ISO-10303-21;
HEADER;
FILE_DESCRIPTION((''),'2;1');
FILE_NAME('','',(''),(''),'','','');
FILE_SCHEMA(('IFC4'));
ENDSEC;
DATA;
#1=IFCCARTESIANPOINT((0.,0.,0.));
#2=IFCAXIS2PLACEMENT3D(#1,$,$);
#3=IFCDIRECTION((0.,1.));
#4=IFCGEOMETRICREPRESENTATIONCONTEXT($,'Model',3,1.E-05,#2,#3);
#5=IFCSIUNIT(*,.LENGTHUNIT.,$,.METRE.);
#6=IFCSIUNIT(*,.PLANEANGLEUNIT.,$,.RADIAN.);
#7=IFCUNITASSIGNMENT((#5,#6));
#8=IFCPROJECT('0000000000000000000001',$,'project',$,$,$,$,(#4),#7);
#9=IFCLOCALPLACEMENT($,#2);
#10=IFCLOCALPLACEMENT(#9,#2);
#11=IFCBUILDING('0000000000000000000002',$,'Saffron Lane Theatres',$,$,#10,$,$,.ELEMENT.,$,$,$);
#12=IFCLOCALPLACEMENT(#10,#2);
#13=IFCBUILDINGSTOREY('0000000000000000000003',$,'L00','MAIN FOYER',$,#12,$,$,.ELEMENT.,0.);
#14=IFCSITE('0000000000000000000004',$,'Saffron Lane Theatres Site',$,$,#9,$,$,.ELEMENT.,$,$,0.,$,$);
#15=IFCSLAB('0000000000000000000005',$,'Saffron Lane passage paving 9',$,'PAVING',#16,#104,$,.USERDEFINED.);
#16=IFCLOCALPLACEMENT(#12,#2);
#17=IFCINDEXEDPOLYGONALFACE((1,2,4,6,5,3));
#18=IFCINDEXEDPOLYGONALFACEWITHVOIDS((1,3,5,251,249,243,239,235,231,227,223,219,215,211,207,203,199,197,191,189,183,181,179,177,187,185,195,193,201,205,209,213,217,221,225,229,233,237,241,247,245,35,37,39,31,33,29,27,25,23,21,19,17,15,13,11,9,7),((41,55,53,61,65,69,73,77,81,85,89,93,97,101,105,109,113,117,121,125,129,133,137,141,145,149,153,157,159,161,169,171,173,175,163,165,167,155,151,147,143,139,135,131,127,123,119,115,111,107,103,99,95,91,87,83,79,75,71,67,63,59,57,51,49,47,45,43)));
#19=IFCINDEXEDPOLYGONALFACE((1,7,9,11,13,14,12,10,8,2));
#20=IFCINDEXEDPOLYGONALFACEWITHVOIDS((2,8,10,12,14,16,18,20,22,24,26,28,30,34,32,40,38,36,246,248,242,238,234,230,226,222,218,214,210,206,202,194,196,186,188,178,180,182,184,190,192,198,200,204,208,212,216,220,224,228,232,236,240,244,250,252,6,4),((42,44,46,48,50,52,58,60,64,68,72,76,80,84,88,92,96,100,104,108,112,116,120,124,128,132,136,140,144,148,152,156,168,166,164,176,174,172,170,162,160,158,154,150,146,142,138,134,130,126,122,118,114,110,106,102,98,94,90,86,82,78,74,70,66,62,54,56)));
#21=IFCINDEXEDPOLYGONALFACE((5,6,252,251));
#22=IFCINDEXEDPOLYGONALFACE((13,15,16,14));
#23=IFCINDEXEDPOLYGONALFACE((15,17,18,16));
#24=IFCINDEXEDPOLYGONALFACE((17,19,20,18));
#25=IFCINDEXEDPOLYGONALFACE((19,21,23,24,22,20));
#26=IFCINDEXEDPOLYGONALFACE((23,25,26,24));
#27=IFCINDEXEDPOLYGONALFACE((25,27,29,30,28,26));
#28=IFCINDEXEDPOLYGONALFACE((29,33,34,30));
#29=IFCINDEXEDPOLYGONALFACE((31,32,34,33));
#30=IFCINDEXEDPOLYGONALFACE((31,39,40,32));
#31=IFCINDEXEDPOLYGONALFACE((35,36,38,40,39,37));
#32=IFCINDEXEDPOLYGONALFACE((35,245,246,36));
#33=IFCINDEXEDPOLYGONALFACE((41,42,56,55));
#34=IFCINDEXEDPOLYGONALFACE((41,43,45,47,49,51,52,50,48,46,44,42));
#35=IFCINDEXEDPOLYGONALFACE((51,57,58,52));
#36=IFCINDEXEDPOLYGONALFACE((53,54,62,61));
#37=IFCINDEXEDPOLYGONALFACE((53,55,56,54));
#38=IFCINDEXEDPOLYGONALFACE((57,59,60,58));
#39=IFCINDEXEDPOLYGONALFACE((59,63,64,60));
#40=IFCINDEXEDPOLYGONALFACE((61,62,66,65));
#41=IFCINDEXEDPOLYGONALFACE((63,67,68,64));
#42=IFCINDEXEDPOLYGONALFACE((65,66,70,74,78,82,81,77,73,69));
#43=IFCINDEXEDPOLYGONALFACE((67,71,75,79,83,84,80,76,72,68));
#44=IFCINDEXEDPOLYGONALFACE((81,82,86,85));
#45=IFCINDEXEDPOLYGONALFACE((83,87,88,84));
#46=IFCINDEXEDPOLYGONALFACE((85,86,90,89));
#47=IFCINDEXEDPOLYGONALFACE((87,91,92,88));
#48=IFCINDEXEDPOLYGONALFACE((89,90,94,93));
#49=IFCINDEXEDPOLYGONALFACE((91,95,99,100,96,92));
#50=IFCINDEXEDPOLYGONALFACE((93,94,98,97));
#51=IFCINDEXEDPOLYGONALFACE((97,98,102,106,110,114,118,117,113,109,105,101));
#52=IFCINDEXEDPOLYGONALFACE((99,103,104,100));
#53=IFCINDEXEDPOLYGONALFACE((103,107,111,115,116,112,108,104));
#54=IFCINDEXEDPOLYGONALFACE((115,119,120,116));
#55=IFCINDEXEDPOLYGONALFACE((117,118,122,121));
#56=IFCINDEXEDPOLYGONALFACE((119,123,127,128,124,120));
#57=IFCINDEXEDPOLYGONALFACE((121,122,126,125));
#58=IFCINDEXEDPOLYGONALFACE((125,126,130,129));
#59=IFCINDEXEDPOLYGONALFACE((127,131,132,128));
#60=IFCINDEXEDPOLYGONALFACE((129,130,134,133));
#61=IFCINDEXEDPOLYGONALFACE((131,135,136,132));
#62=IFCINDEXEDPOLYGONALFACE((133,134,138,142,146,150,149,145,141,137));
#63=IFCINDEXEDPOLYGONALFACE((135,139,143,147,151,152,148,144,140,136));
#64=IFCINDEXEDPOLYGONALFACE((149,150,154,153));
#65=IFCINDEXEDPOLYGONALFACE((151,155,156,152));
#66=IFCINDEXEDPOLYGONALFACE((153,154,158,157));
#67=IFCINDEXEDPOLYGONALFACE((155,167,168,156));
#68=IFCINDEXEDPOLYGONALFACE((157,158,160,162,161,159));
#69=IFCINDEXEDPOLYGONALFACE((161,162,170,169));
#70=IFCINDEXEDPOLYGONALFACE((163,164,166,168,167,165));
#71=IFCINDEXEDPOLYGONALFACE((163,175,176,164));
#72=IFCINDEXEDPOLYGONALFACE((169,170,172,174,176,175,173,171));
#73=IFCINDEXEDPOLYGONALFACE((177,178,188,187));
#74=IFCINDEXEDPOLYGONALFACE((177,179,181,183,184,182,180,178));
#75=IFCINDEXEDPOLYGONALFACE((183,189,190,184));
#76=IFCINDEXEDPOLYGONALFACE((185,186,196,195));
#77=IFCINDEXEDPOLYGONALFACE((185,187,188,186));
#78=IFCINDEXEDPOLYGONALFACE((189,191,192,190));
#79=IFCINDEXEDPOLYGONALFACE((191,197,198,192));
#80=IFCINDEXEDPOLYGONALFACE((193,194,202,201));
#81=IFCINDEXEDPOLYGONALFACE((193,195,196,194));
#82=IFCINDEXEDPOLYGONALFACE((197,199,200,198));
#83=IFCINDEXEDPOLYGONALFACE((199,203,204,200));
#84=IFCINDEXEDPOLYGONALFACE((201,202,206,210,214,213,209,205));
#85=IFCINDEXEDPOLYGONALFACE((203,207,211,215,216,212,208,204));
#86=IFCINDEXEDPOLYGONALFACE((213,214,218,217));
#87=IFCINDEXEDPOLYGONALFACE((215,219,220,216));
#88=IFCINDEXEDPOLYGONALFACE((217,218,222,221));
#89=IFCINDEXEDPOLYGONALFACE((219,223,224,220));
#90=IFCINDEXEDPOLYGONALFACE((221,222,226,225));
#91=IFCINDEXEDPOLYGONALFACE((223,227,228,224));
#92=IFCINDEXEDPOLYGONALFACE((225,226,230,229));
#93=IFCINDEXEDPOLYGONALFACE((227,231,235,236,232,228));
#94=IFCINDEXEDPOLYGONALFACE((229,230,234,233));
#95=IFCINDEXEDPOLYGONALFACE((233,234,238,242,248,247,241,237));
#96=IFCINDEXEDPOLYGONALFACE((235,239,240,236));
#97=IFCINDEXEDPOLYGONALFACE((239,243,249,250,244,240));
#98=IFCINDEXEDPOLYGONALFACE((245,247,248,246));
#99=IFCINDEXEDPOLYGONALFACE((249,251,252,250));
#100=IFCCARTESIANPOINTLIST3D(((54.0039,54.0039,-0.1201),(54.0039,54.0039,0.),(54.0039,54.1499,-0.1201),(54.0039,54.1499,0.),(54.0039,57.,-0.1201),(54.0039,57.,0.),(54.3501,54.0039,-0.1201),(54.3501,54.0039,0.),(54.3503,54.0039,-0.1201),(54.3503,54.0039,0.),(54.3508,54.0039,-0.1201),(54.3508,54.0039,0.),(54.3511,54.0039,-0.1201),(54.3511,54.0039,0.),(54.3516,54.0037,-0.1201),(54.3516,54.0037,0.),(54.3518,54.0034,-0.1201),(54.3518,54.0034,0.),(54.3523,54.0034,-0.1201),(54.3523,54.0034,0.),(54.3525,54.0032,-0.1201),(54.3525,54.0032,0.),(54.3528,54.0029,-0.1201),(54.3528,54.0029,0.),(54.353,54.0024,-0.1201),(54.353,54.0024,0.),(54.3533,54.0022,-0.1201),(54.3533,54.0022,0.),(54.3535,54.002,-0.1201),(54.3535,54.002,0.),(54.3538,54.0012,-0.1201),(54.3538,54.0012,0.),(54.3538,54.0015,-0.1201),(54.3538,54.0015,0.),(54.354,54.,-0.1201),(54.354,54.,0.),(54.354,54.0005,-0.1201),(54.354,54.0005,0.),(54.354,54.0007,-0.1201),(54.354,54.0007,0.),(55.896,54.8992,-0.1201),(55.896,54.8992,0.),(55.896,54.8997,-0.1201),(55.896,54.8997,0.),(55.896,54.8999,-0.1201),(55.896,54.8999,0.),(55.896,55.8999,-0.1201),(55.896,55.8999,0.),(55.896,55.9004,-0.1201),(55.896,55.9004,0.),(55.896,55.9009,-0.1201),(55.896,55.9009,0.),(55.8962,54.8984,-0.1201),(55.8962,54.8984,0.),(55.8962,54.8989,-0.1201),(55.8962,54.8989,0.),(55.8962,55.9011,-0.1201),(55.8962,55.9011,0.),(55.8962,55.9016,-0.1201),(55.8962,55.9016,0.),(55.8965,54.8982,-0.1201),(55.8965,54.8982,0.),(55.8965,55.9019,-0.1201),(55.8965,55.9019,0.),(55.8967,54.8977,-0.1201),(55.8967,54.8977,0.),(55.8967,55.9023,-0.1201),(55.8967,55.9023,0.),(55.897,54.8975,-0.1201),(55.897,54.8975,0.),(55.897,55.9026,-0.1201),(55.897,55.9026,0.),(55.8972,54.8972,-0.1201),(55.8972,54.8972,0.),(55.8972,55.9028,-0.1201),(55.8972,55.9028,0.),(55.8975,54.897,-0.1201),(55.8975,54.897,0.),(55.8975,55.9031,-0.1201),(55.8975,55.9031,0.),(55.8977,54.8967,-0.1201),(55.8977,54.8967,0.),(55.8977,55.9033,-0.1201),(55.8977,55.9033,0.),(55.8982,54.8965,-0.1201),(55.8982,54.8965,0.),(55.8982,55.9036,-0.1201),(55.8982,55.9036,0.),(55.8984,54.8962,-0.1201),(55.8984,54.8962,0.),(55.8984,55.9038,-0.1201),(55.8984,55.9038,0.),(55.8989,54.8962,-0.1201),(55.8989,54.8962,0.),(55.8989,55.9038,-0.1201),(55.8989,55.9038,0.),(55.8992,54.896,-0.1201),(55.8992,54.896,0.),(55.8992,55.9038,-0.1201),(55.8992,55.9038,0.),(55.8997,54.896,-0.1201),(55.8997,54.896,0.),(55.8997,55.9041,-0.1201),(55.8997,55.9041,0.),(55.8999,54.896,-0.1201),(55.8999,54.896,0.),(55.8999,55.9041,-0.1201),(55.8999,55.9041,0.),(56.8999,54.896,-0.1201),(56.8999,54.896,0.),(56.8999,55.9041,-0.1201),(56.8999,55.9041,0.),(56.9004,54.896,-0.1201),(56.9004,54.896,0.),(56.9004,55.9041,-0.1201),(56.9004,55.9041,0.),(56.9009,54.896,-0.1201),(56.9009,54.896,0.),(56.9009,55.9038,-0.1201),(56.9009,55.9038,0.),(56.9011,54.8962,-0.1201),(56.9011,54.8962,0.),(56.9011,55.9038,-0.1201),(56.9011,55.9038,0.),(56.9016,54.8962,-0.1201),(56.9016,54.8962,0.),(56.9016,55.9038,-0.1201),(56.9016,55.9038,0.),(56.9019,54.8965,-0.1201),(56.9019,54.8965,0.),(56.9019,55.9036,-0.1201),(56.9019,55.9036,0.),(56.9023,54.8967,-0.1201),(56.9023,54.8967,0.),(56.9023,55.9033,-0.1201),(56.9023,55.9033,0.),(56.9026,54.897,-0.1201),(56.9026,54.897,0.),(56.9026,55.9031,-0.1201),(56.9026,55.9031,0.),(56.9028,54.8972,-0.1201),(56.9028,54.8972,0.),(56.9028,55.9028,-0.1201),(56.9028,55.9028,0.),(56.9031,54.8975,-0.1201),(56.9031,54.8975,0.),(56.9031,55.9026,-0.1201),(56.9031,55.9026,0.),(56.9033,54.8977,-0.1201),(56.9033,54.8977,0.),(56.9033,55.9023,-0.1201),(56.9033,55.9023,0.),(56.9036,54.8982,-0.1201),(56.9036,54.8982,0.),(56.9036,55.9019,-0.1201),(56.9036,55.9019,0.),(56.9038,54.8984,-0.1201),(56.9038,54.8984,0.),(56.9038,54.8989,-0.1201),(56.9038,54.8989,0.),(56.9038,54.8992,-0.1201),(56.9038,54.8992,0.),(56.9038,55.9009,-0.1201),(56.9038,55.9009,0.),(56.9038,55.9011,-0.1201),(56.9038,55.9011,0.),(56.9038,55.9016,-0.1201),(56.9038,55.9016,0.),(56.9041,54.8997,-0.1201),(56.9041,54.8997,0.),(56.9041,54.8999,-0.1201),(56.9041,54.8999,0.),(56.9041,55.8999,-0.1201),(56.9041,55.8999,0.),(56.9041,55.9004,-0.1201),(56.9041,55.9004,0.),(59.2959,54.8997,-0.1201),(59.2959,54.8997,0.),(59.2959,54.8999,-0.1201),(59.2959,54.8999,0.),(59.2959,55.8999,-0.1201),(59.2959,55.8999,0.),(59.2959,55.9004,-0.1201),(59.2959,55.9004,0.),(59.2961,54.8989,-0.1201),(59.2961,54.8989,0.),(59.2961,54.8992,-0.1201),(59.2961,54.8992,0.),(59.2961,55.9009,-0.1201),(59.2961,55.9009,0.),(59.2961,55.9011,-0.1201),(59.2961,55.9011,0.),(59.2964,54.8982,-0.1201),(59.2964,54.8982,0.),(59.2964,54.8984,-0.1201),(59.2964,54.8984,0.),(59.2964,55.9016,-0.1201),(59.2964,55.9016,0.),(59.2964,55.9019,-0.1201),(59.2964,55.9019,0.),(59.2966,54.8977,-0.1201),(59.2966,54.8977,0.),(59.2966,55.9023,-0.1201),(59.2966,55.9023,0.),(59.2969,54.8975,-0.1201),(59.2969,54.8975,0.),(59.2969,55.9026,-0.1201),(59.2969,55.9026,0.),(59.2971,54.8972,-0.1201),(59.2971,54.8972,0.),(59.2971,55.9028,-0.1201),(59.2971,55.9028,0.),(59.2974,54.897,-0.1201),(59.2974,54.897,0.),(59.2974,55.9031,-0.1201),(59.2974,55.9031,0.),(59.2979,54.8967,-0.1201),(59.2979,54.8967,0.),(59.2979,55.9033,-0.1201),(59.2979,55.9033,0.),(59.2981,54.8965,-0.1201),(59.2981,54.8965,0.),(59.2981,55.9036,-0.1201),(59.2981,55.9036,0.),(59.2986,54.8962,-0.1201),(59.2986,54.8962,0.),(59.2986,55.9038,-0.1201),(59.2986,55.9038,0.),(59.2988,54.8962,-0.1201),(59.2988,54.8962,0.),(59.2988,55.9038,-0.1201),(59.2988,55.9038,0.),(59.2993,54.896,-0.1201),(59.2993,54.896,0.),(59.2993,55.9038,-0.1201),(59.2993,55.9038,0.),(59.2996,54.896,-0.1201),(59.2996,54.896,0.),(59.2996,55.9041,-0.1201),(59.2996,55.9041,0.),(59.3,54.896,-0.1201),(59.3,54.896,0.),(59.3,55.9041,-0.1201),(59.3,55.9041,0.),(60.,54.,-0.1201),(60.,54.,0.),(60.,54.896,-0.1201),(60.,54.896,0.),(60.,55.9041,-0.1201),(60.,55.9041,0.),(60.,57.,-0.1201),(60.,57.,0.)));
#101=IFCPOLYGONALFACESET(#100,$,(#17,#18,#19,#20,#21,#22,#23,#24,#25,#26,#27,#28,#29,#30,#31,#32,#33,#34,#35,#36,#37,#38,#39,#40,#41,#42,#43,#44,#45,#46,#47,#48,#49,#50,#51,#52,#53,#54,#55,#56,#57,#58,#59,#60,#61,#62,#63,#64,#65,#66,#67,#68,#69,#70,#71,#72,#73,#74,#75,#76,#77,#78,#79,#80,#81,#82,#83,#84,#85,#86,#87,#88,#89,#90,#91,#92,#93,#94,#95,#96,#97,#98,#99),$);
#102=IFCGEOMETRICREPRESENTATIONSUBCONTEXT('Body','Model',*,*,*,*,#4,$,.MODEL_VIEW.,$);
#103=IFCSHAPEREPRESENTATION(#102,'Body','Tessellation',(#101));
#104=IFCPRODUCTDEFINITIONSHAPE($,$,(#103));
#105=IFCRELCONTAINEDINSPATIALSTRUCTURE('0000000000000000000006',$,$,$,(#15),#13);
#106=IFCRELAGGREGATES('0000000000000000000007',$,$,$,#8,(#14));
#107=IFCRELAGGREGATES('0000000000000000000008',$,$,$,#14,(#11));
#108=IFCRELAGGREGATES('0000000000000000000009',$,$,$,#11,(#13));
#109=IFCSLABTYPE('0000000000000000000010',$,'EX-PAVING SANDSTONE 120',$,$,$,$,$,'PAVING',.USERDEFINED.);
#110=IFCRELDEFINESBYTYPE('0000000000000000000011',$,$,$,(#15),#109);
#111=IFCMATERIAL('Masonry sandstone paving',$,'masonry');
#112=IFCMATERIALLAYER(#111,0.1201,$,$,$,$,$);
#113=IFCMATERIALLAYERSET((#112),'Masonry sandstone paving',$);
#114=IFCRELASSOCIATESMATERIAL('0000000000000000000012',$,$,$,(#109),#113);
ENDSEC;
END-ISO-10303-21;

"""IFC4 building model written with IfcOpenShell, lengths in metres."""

from ifc_helpers import new_model, si_unit, direction, frame, origin, place, context, subcontext, project, spatial, polyline, outline, extrude, material, layer, layer_set, type_object, element, save


model = new_model("IFC4")

# Units and contexts
model_context = context("Model", 3, precision=1e-05, world=origin(), true_north=direction((0.0, 1.0)))
body_context = subcontext(model_context, "Body", "Model", "MODEL_VIEW")
ifc_project = project(units=[si_unit("LENGTHUNIT", "METRE"), si_unit("PLANEANGLEUNIT", "RADIAN")], contexts=[model_context])

# Site, building, storey
site_placement = place(None, origin())
site = spatial("IfcSite", under=ifc_project, at=site_placement, Name="Saffron Lane Theatres Site", CompositionType="ELEMENT", RefElevation=0.0)
building_placement = place(site_placement, origin())
building = spatial("IfcBuilding", under=site, at=building_placement, Name="Saffron Lane Theatres", CompositionType="ELEMENT")
storey_placement = place(building_placement, origin())
storey = spatial("IfcBuildingStorey", under=building, at=storey_placement, Name="L00", Description="MAIN FOYER", CompositionType="ELEMENT", Elevation=0.0)

# Slab
ifc_material_1 = material(Name="Masonry sandstone paving", Category="masonry")
ifc_layer_1 = layer(ifc_material_1, 0.1201)
ifc_layer_set_1 = layer_set([ifc_layer_1], Name="Masonry sandstone paving")
slab_type_1 = type_object("IfcSlabType", Name="EX-PAVING SANDSTONE 120", ElementType="PAVING", PredefinedType="USERDEFINED", material=ifc_layer_set_1)
slab_1_placement = place(storey_placement, frame((0.0, 0.0, -0.1201)))
element("IfcSlab", 1, at=slab_1_placement, inside=storey, type_object=slab_type_1, Name="Saffron Lane passage paving 9", ObjectType="PAVING", PredefinedType="USERDEFINED", context=body_context, shape_type="SweptSolid", body=[
    extrude(outline(polyline([(60.0, 55.9041), (60.0, 57.0), (54.0039, 57.0), (54.0039, 54.1499), (54.0039, 54.1499), (54.0039, 54.0039), (54.3501, 54.0039), (54.3503, 54.0039), (54.3508, 54.0039), (54.3511, 54.0039), (54.3516, 54.0037), (54.3518, 54.0034), (54.3523, 54.0034), (54.3525, 54.0032), (54.3528, 54.0029), (54.353, 54.0024), (54.3533, 54.0022), (54.3535, 54.002), (54.3538, 54.0015), (54.3538, 54.0012), (54.354, 54.0007), (54.354, 54.0005), (54.354, 54.0), (60.0, 54.0), (60.0, 54.896), (59.3, 54.896), (59.2996, 54.896), (59.2993, 54.896), (59.2988, 54.8962), (59.2986, 54.8962), (59.2981, 54.8965), (59.2979, 54.8967), (59.2974, 54.897), (59.2971, 54.8972), (59.2969, 54.8975), (59.2966, 54.8977), (59.2964, 54.8982), (59.2964, 54.8984), (59.2961, 54.8989), (59.2961, 54.8992), (59.2959, 54.8997), (59.2959, 54.8999), (59.2959, 55.8999), (59.2959, 55.9004), (59.2961, 55.9009), (59.2961, 55.9011), (59.2964, 55.9016), (59.2964, 55.9019), (59.2966, 55.9023), (59.2969, 55.9026), (59.2971, 55.9028), (59.2974, 55.9031), (59.2979, 55.9033), (59.2981, 55.9036), (59.2986, 55.9038), (59.2988, 55.9038), (59.2993, 55.9038), (59.2996, 55.9041), (59.3, 55.9041), (60.0, 55.9041)]), holes=[polyline([(55.896, 55.9009), (55.8962, 55.9011), (55.8962, 55.9016), (55.8965, 55.9019), (55.8967, 55.9023), (55.897, 55.9026), (55.8972, 55.9028), (55.8975, 55.9031), (55.8977, 55.9033), (55.8982, 55.9036), (55.8984, 55.9038), (55.8989, 55.9038), (55.8992, 55.9038), (55.8997, 55.9041), (55.8999, 55.9041), (56.8999, 55.9041), (56.9004, 55.9041), (56.9009, 55.9038), (56.9011, 55.9038), (56.9016, 55.9038), (56.9019, 55.9036), (56.9023, 55.9033), (56.9026, 55.9031), (56.9028, 55.9028), (56.9031, 55.9026), (56.9033, 55.9023), (56.9036, 55.9019), (56.9038, 55.9016), (56.9038, 55.9011), (56.9038, 55.9009), (56.9041, 55.9004), (56.9041, 55.8999), (56.9041, 54.8999), (56.9041, 54.8997), (56.9038, 54.8992), (56.9038, 54.8989), (56.9038, 54.8984), (56.9036, 54.8982), (56.9033, 54.8977), (56.9031, 54.8975), (56.9028, 54.8972), (56.9026, 54.897), (56.9023, 54.8967), (56.9019, 54.8965), (56.9016, 54.8962), (56.9011, 54.8962), (56.9009, 54.896), (56.9004, 54.896), (56.8999, 54.896), (55.8999, 54.896), (55.8997, 54.896), (55.8992, 54.896), (55.8989, 54.8962), (55.8984, 54.8962), (55.8982, 54.8965), (55.8977, 54.8967), (55.8975, 54.897), (55.8972, 54.8972), (55.897, 54.8975), (55.8967, 54.8977), (55.8965, 54.8982), (55.8962, 54.8984), (55.8962, 54.8989), (55.896, 54.8992), (55.896, 54.8997), (55.896, 54.8999), (55.896, 55.8999), (55.896, 55.9004), (55.896, 55.9009)])]), origin(), (0.0, 0.0, 1.0), 0.1201),
])

save(model, "model.ifc")
